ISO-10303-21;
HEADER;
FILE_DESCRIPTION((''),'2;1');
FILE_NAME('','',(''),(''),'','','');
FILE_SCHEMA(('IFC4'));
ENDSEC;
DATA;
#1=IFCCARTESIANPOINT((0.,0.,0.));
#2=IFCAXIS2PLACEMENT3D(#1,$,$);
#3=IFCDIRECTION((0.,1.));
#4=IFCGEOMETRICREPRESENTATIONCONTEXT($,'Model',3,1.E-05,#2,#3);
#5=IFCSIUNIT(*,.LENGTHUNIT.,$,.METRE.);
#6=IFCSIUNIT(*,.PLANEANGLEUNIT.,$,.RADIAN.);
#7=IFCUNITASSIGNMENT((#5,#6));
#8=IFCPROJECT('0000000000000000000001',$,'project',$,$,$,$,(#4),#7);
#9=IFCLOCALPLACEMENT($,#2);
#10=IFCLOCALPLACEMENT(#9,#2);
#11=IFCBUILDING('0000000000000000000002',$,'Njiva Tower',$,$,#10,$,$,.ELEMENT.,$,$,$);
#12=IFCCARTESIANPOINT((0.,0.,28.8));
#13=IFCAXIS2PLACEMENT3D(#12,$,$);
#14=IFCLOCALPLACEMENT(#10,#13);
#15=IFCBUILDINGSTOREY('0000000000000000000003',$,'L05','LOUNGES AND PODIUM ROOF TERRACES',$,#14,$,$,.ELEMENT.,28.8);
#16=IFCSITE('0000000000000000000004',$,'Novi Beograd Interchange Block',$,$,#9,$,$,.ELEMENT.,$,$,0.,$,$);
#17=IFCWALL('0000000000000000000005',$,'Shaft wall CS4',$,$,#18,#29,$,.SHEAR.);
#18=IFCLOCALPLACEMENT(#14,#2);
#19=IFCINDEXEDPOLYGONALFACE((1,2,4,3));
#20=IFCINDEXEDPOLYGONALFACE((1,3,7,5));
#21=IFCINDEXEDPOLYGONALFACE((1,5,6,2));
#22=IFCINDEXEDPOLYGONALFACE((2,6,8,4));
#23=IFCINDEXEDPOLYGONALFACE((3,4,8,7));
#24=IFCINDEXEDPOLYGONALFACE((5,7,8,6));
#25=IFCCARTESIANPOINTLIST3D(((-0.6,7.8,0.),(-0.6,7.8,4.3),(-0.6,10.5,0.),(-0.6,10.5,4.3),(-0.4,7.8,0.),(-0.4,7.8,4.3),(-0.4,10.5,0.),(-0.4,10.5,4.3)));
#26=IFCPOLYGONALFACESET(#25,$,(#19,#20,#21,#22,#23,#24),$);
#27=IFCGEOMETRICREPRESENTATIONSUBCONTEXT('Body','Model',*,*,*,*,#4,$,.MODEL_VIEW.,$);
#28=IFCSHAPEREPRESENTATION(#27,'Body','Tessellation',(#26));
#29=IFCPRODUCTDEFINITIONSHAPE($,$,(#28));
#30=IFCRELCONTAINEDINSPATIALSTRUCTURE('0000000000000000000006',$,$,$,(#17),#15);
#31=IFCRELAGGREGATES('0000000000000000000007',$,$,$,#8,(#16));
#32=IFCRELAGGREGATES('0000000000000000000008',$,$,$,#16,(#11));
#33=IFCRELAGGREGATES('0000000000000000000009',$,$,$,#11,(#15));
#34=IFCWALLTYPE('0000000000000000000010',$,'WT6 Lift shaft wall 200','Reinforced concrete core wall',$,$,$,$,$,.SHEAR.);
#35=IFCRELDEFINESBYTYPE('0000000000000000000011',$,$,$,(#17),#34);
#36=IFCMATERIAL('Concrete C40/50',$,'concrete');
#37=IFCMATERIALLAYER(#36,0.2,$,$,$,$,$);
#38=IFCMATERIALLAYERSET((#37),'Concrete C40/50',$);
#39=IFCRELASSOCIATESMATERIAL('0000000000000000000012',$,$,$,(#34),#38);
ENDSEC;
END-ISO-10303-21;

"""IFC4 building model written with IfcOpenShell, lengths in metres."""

from ifc_helpers import new_model, si_unit, direction, frame, frame_2d, origin, place, context, subcontext, project, spatial, rectangle, extrude, material, layer, layer_set, type_object, element, save


model = new_model("IFC4")

# Units and contexts
model_context = context("Model", 3, precision=1e-05, world=origin(), true_north=direction((0.0, 1.0)))
body_context = subcontext(model_context, "Body", "Model", "MODEL_VIEW")
ifc_project = project(units=[si_unit("LENGTHUNIT", "METRE"), si_unit("PLANEANGLEUNIT", "RADIAN")], contexts=[model_context])

# Site, building, storey
site_placement = place(None, origin())
site = spatial("IfcSite", under=ifc_project, at=site_placement, Name="Novi Beograd Interchange Block", CompositionType="ELEMENT", RefElevation=0.0)
building_placement = place(site_placement, origin())
building = spatial("IfcBuilding", under=site, at=building_placement, Name="Njiva Tower", CompositionType="ELEMENT")
storey_placement = place(building_placement, frame((0.0, 0.0, 28.8)))
storey = spatial("IfcBuildingStorey", under=building, at=storey_placement, Name="L05", Description="LOUNGES AND PODIUM ROOF TERRACES", CompositionType="ELEMENT", Elevation=28.8)

# Wall
ifc_material_1 = material(Name="Concrete C40/50", Category="concrete")
ifc_layer_1 = layer(ifc_material_1, 0.2)
ifc_layer_set_1 = layer_set([ifc_layer_1], Name="Concrete C40/50")
wall_type_1 = type_object("IfcWallType", Name="WT6 Lift shaft wall 200", Description="Reinforced concrete core wall", PredefinedType="SHEAR", material=ifc_layer_set_1)
for number, where, z_axis, x_axis, name in (
    (1, (-0.5, 7.8, 0.0), (0.0, 0.0, 1.0), (0.0, 1.0, 0.0), "Shaft wall CS4"),
):
    element("IfcWall", number, at=place(storey_placement, frame(where, z_axis=z_axis, x_axis=x_axis)), inside=storey, type_object=wall_type_1, Name=name, PredefinedType="SHEAR", context=body_context, shape_type="SweptSolid", body=[
        extrude(rectangle(XDim=2.7, YDim=0.2, at=frame_2d((1.35, 0.0))), origin(), (0.0, 0.0, 1.0), 4.3),
    ])

save(model, "model.ifc")
